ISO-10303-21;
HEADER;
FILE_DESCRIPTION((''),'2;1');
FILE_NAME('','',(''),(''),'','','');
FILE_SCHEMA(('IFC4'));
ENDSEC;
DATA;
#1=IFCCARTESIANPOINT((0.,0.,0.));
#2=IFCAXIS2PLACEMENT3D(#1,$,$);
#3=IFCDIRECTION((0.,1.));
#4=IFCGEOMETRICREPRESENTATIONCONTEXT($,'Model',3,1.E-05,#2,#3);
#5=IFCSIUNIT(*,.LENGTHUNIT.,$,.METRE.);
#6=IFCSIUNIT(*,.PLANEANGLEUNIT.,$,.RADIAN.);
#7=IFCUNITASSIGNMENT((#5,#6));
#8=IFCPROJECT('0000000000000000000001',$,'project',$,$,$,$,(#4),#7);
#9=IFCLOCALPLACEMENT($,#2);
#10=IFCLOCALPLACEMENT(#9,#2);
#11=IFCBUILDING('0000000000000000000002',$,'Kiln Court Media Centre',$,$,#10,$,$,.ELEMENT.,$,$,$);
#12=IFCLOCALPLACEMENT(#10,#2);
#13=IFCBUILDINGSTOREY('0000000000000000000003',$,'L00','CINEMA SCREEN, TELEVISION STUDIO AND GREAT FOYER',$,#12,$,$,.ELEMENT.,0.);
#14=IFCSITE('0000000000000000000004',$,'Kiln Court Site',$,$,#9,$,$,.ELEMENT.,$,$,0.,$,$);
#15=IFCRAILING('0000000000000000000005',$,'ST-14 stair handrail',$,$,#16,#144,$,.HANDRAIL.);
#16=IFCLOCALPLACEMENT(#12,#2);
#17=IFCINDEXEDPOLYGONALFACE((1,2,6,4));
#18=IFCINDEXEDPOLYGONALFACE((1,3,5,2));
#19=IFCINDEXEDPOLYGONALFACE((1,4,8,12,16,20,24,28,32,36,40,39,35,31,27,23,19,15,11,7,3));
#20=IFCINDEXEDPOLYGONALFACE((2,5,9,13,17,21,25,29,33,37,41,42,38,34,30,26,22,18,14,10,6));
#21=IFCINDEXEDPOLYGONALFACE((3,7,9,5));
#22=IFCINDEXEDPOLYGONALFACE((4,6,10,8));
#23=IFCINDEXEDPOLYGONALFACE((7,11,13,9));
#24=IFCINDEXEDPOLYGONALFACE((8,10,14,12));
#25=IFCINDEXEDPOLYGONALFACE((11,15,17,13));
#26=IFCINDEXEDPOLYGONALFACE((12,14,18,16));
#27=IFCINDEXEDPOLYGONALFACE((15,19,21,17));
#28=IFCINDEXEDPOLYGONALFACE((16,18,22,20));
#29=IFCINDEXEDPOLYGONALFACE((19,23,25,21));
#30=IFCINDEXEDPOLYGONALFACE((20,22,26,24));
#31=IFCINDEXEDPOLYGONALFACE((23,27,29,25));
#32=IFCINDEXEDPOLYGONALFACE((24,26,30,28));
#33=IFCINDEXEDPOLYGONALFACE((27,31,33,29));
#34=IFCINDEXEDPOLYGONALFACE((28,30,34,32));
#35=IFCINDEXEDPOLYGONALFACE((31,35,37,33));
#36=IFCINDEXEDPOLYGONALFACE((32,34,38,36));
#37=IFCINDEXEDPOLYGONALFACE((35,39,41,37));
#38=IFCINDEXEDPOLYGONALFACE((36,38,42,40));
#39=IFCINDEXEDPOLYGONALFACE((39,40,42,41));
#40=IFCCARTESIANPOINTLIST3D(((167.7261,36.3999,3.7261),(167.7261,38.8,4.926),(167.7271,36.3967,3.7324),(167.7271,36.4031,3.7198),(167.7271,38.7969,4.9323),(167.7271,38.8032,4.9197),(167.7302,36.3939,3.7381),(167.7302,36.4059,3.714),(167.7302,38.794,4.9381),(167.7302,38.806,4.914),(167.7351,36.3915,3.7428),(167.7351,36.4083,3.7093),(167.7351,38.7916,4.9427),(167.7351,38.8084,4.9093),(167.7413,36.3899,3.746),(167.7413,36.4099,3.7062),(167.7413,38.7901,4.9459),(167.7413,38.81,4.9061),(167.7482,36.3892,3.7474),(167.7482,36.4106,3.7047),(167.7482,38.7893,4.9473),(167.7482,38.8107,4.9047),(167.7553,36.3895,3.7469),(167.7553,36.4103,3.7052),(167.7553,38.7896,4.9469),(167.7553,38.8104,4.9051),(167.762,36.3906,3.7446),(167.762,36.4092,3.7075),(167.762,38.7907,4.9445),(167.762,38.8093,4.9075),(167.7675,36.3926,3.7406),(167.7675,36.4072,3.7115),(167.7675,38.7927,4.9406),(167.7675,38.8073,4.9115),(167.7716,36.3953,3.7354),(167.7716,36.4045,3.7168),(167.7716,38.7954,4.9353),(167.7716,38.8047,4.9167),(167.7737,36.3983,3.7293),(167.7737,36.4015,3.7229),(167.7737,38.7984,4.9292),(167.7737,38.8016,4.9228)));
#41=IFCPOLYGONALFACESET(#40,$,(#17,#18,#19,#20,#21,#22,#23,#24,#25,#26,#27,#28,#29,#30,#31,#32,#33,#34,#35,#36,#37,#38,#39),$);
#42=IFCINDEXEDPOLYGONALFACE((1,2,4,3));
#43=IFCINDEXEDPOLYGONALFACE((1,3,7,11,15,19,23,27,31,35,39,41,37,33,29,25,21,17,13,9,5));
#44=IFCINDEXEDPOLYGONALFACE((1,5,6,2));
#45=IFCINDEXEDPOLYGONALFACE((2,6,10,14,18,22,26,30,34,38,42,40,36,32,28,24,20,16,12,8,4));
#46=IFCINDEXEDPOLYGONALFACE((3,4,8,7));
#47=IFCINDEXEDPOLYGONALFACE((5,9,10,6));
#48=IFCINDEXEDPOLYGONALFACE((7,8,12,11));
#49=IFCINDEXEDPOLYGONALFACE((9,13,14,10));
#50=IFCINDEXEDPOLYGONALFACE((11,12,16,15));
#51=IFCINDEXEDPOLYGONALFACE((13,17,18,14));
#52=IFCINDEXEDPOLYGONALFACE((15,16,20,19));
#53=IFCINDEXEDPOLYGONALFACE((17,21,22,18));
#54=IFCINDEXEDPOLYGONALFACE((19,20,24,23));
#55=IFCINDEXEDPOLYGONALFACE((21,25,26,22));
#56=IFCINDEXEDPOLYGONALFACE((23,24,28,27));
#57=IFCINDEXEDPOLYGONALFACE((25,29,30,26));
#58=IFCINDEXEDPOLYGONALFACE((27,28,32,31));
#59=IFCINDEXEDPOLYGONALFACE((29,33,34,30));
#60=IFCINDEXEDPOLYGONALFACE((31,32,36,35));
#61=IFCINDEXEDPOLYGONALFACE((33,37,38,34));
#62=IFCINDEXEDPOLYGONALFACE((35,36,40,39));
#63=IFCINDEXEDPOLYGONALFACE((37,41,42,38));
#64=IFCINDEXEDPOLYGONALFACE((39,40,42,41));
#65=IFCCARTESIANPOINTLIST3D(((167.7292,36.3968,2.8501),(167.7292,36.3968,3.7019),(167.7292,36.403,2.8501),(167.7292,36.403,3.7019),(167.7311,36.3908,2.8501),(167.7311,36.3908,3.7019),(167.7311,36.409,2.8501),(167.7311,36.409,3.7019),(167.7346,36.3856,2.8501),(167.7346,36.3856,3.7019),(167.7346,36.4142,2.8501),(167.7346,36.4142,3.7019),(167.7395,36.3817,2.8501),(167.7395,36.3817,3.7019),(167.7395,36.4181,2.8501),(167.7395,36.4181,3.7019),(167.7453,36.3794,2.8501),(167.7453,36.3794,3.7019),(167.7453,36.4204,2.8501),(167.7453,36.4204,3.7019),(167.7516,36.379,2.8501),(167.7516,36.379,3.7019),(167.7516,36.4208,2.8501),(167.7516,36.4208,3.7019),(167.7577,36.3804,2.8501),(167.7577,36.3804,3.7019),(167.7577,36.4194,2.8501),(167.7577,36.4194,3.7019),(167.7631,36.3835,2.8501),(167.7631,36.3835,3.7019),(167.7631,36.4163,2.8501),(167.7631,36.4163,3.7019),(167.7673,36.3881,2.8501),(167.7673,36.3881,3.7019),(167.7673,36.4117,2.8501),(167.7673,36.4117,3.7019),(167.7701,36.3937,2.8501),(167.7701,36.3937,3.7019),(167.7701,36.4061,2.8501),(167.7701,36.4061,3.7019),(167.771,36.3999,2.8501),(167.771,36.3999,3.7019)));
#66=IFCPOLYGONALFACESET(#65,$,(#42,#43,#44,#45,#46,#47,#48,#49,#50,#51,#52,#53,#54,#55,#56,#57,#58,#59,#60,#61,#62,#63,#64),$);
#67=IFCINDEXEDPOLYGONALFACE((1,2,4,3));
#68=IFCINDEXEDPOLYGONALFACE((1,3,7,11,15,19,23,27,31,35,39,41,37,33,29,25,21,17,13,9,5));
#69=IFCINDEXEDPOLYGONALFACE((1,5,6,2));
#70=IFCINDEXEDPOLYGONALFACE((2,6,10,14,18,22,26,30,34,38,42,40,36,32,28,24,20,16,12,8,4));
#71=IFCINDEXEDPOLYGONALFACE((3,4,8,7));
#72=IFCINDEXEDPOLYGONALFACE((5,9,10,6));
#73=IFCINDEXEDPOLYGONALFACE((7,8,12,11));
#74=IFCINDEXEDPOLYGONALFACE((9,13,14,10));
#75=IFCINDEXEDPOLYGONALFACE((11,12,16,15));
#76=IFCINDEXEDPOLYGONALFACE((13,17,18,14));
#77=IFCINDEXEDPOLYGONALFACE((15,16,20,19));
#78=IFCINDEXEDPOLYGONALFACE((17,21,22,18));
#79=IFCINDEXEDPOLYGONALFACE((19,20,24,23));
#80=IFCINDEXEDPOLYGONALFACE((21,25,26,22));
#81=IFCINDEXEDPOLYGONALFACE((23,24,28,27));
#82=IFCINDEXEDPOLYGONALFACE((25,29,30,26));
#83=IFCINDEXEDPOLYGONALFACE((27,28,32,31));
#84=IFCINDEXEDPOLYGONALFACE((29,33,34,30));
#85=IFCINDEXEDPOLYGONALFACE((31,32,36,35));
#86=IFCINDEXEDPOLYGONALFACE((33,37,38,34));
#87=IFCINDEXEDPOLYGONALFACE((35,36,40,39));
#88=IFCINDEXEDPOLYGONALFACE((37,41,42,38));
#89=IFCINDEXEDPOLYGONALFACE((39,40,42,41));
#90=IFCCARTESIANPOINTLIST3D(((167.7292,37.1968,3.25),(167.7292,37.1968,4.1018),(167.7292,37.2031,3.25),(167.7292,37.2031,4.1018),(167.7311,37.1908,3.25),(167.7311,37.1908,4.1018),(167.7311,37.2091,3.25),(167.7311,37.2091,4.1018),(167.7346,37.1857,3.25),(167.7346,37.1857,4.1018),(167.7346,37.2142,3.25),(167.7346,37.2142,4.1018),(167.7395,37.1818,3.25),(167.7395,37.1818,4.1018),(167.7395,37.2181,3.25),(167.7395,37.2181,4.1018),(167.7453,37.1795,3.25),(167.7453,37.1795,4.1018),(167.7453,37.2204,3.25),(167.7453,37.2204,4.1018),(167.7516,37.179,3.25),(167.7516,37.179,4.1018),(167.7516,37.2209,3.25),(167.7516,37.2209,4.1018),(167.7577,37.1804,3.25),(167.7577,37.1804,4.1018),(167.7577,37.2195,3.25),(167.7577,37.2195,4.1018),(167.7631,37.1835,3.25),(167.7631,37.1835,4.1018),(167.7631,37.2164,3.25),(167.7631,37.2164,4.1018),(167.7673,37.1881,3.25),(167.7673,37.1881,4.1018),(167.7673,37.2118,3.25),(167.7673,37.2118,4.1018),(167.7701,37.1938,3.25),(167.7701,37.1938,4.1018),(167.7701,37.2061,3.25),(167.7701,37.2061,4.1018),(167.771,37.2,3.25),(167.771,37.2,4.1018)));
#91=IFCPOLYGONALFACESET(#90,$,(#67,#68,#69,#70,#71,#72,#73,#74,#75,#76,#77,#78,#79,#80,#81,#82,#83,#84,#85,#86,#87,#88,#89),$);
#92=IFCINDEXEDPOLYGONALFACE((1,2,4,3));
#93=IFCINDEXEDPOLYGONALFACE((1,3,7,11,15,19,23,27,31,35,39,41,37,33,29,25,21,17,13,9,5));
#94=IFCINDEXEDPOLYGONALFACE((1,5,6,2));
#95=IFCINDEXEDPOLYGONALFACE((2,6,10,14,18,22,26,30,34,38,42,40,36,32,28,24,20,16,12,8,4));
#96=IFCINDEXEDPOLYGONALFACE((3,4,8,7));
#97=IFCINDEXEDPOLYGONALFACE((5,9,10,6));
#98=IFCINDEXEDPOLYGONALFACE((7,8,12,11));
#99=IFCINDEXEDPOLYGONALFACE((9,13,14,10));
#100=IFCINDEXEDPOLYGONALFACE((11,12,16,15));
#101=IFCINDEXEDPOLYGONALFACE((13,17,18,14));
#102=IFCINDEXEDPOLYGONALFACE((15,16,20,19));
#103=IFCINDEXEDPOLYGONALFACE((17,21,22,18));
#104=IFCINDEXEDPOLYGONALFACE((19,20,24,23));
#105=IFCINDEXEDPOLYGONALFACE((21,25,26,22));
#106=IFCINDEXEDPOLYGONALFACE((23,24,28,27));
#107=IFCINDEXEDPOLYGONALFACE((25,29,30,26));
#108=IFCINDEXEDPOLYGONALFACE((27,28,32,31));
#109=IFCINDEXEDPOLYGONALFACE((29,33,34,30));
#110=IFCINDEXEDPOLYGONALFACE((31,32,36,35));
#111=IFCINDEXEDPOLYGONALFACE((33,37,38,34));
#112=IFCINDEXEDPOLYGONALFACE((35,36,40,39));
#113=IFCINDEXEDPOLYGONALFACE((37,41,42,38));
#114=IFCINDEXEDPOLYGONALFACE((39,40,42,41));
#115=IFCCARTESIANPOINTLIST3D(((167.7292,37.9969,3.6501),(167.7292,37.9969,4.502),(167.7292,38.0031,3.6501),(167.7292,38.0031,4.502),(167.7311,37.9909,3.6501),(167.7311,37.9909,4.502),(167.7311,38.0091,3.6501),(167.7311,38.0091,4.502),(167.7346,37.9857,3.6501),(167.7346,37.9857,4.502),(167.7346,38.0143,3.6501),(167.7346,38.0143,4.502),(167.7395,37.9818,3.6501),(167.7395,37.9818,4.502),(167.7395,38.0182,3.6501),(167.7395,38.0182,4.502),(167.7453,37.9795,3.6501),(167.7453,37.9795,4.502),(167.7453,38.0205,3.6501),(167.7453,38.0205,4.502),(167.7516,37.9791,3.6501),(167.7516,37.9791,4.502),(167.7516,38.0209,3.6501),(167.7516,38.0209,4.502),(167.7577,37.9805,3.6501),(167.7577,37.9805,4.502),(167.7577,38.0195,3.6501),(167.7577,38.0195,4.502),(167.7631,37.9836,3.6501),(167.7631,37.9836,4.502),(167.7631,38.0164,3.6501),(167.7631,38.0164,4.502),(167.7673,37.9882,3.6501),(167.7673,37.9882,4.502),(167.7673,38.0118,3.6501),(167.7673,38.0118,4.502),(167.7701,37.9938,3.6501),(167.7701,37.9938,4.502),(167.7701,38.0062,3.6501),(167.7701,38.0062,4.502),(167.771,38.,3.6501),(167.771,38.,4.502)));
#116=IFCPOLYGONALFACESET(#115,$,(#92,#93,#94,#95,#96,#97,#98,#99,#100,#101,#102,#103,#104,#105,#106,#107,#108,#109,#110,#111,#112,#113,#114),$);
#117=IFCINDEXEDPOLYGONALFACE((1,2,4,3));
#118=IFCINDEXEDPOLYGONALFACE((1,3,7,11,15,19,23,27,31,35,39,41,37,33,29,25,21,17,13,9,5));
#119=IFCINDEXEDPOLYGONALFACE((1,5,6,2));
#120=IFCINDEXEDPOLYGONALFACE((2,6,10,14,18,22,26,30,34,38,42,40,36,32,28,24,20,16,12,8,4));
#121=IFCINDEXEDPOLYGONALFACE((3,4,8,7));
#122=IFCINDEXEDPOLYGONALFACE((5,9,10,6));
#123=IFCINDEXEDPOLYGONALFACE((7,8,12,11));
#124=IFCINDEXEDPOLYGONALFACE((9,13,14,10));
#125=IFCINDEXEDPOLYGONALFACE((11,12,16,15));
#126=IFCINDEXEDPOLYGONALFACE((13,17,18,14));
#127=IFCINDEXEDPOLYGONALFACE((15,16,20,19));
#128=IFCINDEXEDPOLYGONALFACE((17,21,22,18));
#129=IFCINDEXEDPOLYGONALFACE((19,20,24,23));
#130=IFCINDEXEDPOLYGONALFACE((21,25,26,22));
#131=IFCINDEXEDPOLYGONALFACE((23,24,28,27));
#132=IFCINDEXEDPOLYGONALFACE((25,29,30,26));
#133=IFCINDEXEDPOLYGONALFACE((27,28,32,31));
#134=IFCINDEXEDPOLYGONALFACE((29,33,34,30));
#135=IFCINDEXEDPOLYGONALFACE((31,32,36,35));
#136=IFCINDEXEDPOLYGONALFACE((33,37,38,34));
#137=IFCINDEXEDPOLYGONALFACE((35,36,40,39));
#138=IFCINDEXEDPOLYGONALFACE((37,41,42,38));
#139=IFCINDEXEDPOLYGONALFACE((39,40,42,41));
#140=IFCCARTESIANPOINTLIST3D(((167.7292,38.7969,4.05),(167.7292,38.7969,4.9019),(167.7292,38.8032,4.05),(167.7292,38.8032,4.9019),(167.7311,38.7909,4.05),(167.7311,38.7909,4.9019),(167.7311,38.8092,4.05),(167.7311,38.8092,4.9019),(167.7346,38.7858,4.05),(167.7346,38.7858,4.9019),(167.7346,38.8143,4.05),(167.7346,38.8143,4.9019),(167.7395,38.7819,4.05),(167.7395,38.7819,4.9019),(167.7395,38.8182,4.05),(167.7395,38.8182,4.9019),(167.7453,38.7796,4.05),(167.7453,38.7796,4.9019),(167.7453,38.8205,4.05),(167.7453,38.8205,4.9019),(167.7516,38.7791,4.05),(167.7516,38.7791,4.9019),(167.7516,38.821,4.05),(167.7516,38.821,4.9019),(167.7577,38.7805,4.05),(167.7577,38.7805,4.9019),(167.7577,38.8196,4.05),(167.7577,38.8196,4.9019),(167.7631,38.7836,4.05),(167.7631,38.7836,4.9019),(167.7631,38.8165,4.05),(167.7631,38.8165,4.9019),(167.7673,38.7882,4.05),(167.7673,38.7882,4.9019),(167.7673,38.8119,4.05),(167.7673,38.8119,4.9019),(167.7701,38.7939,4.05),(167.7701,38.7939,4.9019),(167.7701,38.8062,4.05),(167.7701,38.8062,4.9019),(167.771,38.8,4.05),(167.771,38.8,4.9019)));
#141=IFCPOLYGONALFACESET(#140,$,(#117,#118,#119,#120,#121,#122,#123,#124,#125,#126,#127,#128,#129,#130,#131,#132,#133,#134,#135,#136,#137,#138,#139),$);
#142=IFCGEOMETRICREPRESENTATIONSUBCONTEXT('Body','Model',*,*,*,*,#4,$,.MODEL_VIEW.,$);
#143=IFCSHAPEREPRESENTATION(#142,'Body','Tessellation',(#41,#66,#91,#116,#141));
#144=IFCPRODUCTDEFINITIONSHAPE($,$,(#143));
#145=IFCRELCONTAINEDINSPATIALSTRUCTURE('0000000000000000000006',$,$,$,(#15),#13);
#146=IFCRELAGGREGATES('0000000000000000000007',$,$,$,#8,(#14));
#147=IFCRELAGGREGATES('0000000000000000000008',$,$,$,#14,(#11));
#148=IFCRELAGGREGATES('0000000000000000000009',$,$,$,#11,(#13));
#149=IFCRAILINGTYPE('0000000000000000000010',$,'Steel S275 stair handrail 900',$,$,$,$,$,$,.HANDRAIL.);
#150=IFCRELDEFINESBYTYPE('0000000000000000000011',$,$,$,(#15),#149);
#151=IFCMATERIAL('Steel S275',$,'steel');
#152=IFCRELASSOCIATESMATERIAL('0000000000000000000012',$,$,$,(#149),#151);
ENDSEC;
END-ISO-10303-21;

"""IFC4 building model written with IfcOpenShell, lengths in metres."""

from ifc_helpers import new_model, si_unit, direction, frame, origin, origin_2d, place, context, subcontext, project, spatial, circle, extrude, material, type_object, element, save


model = new_model("IFC4")

# Units and contexts
model_context = context("Model", 3, precision=1e-05, world=origin(), true_north=direction((0.0, 1.0)))
body_context = subcontext(model_context, "Body", "Model", "MODEL_VIEW")
ifc_project = project(units=[si_unit("LENGTHUNIT", "METRE"), si_unit("PLANEANGLEUNIT", "RADIAN")], contexts=[model_context])

# Site, building, storey
site_placement = place(None, origin())
site = spatial("IfcSite", under=ifc_project, at=site_placement, Name="Kiln Court Site", CompositionType="ELEMENT", RefElevation=0.0)
building_placement = place(site_placement, origin())
building = spatial("IfcBuilding", under=site, at=building_placement, Name="Kiln Court Media Centre", CompositionType="ELEMENT")
storey_placement = place(building_placement, origin())
storey = spatial("IfcBuildingStorey", under=building, at=storey_placement, Name="L00", Description="CINEMA SCREEN, TELEVISION STUDIO AND GREAT FOYER", CompositionType="ELEMENT", Elevation=0.0)

# Railing
ifc_material_1 = material(Name="Steel S275", Category="steel")
railing_type_1 = type_object("IfcRailingType", Name="Steel S275 stair handrail 900", PredefinedType="HANDRAIL", material=ifc_material_1)
railing_1_placement = place(storey_placement, frame((167.75, 36.3999, 2.8501)))
element("IfcRailing", 1, at=railing_1_placement, inside=storey, type_object=railing_type_1, Name="ST-14 stair handrail", PredefinedType="HANDRAIL", context=body_context, shape_type="SweptSolid", body=[
    extrude(circle(Radius=0.0239, at=origin_2d()), frame((0.0, 0.0, 0.876), z_axis=(0.0, 0.894445, 0.447177), x_axis=(-1.0, 0.0, 0.0)), (0.0, 0.0, 1.0), 2.6833),
    extrude(circle(Radius=0.021, at=origin_2d()), origin(), (0.0, 0.0, 1.0), 0.8518),
    extrude(circle(Radius=0.021, at=origin_2d()), frame((0.0, 0.8, 0.3999)), (0.0, 0.0, 1.0), 0.8518),
    extrude(circle(Radius=0.021, at=origin_2d()), frame((0.0, 1.6001, 0.8)), (0.0, 0.0, 1.0), 0.8518),
    extrude(circle(Radius=0.021, at=origin_2d()), frame((0.0, 2.4001, 1.2)), (0.0, 0.0, 1.0), 0.8518),
])

save(model, "model.ifc")
